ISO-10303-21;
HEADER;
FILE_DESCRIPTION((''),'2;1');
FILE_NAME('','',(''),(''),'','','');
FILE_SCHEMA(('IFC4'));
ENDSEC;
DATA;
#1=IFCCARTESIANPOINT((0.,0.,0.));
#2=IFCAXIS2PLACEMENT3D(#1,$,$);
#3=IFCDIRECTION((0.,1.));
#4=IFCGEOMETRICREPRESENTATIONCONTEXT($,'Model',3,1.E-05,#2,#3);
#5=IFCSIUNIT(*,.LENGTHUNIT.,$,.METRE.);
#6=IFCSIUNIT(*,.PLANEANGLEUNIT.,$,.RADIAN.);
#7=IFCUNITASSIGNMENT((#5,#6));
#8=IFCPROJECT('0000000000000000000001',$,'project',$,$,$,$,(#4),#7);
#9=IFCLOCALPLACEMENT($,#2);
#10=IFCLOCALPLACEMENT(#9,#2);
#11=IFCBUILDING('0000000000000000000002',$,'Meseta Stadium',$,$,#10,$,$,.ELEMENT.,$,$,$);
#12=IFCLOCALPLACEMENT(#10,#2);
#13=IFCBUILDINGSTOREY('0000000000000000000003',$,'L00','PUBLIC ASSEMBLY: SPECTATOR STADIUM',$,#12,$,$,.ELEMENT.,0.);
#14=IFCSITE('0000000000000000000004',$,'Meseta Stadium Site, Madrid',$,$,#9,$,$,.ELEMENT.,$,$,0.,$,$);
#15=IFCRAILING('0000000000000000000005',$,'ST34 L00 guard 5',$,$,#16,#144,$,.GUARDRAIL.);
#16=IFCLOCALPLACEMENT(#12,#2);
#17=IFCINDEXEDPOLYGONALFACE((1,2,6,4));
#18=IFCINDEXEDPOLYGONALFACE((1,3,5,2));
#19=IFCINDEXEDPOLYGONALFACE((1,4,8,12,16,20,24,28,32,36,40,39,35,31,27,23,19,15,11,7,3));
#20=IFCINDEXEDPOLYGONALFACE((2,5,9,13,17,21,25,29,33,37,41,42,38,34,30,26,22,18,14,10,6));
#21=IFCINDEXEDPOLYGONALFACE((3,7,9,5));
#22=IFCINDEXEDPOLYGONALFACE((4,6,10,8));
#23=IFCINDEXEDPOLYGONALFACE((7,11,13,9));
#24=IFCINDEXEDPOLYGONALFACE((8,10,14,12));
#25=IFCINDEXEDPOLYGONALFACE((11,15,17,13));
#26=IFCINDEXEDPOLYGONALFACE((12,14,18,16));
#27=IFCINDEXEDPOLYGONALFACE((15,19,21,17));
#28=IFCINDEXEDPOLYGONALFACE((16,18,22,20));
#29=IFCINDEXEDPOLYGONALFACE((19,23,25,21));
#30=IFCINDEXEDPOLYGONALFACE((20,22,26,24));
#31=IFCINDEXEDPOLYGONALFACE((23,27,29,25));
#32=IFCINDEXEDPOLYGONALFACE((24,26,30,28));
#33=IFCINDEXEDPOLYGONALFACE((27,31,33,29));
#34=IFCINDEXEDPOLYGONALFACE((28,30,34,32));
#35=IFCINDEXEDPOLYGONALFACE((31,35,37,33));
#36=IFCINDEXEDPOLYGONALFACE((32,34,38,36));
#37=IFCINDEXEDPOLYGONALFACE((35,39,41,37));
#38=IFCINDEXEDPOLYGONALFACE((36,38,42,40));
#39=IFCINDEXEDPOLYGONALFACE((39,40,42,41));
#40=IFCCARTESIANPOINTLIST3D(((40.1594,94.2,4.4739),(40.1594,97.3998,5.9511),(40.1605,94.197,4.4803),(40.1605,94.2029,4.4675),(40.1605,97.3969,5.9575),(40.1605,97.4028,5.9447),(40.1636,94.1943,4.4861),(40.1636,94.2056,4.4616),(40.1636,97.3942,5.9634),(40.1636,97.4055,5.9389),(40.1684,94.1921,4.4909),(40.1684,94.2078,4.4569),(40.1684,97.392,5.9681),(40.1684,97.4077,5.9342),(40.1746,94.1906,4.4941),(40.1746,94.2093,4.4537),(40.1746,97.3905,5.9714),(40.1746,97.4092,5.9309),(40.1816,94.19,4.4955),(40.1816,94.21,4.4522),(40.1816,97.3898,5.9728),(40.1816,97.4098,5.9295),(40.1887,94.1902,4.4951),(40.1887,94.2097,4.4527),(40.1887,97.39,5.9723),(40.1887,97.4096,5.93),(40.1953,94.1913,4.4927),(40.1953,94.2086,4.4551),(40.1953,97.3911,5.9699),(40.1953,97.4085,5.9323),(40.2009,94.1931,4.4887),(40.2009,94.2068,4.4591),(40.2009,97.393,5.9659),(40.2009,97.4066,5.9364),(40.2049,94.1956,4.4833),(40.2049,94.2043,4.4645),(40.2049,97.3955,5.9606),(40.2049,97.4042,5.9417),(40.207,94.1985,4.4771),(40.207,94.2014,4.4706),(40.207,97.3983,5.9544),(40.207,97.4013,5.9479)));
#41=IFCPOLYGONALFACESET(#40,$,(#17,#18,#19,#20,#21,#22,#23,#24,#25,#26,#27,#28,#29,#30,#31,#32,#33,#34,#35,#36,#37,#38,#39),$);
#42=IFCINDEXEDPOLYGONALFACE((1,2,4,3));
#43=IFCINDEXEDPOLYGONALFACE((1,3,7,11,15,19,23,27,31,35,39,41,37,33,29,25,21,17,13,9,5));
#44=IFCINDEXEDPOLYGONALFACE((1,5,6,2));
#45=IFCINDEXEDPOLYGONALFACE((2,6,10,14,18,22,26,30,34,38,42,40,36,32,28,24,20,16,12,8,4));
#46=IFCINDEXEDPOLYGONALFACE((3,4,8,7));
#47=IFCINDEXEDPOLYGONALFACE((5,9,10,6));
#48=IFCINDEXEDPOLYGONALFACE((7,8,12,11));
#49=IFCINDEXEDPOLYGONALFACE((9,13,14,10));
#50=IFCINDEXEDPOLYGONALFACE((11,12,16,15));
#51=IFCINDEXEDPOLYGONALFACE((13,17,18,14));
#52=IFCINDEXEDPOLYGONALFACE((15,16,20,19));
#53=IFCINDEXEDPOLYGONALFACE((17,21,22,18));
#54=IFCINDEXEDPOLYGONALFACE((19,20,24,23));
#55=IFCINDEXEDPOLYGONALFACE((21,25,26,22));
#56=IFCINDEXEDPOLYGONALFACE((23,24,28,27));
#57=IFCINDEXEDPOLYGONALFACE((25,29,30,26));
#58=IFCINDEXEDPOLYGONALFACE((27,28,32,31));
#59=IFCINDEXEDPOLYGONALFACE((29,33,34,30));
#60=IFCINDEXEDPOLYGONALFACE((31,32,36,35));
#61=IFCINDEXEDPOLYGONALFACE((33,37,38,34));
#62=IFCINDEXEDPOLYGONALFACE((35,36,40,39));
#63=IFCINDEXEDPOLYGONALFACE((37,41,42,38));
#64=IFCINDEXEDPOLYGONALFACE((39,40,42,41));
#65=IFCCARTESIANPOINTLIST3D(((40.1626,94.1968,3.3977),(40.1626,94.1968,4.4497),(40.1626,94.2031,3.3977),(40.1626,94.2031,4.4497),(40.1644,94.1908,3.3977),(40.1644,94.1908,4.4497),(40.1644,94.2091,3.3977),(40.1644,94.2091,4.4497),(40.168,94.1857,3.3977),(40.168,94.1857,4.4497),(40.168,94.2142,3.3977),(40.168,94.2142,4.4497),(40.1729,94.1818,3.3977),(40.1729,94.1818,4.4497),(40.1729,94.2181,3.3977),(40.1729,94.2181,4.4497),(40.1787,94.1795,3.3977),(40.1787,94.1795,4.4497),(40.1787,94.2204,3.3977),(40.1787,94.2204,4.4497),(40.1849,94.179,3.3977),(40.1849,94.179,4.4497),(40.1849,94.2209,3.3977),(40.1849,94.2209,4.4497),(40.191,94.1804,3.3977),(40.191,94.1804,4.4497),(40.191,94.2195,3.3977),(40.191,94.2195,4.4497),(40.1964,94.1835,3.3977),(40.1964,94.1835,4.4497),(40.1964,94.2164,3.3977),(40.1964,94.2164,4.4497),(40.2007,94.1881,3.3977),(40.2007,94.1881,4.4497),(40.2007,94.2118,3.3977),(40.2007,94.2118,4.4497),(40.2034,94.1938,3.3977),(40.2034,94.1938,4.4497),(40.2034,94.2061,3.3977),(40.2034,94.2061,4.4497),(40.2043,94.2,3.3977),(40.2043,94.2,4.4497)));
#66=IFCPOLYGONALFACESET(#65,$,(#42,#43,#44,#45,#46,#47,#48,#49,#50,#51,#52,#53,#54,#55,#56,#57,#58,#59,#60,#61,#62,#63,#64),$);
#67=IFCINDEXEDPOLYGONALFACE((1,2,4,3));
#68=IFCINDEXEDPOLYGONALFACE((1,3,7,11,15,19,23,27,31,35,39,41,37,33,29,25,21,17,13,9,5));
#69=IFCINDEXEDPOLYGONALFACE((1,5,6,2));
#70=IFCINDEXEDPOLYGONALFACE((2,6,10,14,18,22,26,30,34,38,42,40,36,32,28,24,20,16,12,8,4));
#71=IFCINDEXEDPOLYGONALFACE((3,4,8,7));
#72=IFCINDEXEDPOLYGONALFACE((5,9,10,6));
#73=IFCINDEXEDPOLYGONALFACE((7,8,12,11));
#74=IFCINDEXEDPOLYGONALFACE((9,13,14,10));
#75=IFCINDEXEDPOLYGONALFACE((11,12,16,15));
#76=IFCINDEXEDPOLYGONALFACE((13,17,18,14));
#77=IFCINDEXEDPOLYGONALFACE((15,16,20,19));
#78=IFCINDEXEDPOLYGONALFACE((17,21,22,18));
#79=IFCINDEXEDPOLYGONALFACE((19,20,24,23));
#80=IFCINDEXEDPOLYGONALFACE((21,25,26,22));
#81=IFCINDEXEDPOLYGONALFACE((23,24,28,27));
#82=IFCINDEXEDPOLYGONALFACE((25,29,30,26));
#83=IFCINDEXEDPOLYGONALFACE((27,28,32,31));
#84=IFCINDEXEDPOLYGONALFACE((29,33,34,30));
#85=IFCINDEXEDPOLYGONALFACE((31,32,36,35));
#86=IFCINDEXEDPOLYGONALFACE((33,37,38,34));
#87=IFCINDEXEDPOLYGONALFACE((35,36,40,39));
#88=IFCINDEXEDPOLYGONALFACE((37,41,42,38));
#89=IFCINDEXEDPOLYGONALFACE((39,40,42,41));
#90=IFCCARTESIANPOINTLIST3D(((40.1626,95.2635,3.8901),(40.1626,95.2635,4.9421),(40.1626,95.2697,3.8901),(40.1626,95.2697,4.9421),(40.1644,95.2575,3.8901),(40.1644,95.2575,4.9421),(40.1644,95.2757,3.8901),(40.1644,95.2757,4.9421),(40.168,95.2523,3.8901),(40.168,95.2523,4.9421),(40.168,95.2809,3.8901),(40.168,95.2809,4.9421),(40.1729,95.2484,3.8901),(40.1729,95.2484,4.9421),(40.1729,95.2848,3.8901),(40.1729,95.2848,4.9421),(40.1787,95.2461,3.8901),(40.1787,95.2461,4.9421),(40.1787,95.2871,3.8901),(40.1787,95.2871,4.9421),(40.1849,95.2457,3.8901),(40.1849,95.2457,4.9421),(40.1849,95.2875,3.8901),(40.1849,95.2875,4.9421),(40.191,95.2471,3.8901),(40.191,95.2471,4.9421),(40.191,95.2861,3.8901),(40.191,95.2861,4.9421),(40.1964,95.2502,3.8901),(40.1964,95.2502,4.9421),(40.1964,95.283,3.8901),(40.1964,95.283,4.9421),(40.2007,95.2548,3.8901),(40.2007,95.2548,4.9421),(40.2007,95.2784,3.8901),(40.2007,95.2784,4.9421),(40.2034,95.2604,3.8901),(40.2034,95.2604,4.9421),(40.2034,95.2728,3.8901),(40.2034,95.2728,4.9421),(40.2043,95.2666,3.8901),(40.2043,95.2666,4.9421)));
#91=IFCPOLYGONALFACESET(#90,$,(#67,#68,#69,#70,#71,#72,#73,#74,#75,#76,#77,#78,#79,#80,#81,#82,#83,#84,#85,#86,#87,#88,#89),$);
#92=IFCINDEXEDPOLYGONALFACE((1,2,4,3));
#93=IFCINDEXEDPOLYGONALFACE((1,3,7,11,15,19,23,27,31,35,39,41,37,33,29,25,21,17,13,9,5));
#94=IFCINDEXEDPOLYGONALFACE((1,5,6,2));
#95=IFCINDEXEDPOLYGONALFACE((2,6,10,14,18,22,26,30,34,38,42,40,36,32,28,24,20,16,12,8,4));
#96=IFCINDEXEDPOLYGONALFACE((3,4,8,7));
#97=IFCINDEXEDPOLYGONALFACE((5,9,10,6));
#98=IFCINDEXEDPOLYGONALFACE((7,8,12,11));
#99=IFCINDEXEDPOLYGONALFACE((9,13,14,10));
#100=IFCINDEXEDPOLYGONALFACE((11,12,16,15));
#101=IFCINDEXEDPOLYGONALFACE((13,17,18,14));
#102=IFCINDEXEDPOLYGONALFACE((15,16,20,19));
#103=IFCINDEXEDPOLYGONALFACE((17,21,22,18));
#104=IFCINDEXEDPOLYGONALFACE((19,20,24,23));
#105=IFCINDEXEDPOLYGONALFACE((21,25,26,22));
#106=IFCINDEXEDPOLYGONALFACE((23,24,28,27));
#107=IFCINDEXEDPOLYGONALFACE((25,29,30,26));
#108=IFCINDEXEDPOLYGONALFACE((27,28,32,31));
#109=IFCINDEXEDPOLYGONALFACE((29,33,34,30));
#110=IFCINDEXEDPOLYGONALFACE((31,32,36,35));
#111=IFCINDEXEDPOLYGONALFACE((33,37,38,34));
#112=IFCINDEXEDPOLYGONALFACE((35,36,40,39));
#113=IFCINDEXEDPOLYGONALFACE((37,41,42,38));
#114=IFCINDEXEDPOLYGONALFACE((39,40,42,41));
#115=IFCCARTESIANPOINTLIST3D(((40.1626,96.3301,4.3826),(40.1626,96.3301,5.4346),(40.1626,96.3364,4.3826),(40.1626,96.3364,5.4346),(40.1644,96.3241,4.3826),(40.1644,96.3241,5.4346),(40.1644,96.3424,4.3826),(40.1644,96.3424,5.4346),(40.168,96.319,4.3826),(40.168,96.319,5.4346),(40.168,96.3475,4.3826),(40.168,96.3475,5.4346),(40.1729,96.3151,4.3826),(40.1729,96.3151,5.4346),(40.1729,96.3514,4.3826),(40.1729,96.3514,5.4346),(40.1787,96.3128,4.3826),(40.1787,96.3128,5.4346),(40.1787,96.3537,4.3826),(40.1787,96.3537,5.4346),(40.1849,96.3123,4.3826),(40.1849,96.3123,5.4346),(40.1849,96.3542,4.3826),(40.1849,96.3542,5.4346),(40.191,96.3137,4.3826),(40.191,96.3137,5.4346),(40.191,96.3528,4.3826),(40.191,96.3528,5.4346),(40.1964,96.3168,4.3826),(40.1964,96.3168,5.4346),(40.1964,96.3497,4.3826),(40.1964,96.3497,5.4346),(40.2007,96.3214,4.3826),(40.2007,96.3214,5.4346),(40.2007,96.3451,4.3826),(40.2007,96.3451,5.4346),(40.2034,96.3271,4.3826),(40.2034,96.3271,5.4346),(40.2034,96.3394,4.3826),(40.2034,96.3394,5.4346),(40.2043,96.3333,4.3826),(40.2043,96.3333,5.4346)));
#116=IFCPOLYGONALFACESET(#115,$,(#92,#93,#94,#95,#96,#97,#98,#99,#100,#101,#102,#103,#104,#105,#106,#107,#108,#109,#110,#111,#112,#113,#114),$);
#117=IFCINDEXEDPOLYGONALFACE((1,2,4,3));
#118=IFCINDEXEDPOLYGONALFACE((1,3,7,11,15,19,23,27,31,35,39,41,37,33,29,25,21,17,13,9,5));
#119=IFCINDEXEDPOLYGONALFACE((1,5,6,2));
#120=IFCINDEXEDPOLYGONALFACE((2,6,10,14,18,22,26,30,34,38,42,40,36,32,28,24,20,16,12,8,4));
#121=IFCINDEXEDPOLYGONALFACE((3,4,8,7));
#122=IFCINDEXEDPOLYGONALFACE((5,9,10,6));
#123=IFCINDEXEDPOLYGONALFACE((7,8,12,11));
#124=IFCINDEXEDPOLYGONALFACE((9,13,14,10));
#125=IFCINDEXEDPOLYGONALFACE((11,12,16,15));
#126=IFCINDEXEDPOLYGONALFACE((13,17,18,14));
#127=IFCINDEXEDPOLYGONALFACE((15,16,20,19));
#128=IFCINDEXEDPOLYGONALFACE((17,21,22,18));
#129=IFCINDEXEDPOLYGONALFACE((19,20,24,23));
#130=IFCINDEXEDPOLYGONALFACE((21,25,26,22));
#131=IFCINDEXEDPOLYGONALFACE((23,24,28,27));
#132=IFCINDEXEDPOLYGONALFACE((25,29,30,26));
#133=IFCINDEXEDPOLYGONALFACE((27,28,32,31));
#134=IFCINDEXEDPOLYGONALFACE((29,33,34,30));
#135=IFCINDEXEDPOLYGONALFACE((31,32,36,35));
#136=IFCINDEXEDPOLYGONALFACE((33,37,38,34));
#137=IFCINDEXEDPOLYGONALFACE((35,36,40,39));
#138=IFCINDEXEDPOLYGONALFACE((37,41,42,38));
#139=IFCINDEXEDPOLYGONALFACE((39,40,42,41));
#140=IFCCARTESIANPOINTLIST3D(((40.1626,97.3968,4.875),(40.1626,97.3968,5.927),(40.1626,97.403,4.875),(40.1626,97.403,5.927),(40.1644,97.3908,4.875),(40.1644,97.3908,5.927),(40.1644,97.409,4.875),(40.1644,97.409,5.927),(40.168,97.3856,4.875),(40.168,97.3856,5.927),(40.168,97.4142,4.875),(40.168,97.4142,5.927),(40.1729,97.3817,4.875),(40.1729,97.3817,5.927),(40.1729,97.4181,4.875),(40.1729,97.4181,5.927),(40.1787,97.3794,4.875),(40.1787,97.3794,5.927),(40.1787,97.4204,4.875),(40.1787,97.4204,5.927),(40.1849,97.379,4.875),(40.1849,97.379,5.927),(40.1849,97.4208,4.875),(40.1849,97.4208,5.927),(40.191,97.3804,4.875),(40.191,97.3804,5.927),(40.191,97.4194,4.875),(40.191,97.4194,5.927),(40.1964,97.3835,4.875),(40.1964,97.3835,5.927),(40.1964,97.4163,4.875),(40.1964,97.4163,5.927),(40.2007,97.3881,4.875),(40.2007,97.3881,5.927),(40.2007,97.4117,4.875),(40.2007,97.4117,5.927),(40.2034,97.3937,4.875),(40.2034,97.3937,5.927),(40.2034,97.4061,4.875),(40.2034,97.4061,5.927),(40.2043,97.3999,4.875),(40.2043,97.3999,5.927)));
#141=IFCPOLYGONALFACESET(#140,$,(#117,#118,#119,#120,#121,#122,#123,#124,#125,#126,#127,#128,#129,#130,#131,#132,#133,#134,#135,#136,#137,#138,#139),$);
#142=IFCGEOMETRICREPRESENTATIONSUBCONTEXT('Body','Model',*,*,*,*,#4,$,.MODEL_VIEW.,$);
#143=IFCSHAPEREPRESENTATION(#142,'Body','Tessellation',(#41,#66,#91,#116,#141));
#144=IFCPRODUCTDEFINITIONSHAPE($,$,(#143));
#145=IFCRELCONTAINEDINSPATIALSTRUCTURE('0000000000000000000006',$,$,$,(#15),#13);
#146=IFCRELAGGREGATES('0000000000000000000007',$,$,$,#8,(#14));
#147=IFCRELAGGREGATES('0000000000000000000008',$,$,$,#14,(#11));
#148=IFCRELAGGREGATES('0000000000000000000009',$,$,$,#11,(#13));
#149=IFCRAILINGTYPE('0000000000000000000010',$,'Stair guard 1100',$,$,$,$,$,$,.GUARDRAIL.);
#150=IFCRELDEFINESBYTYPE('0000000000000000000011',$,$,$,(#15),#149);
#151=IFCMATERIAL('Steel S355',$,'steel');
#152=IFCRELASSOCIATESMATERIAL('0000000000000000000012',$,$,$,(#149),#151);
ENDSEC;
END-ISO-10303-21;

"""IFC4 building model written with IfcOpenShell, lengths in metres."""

from ifc_helpers import new_model, si_unit, direction, frame, origin, origin_2d, place, context, subcontext, project, spatial, circle, extrude, material, type_object, element, save


model = new_model("IFC4")

# Units and contexts
model_context = context("Model", 3, precision=1e-05, world=origin(), true_north=direction((0.0, 1.0)))
body_context = subcontext(model_context, "Body", "Model", "MODEL_VIEW")
ifc_project = project(units=[si_unit("LENGTHUNIT", "METRE"), si_unit("PLANEANGLEUNIT", "RADIAN")], contexts=[model_context])

# Site, building, storey
site_placement = place(None, origin())
site = spatial("IfcSite", under=ifc_project, at=site_placement, Name="Meseta Stadium Site, Madrid", CompositionType="ELEMENT", RefElevation=0.0)
building_placement = place(site_placement, origin())
building = spatial("IfcBuilding", under=site, at=building_placement, Name="Meseta Stadium", CompositionType="ELEMENT")
storey_placement = place(building_placement, origin())
storey = spatial("IfcBuildingStorey", under=building, at=storey_placement, Name="L00", Description="PUBLIC ASSEMBLY: SPECTATOR STADIUM", CompositionType="ELEMENT", Elevation=0.0)

# Railing
ifc_material_1 = material(Name="Steel S355", Category="steel")
railing_type_1 = type_object("IfcRailingType", Name="Stair guard 1100", PredefinedType="GUARDRAIL", material=ifc_material_1)
railing_1_placement = place(storey_placement, frame((40.1833, 94.2, 3.3977)))
element("IfcRailing", 1, at=railing_1_placement, inside=storey, type_object=railing_type_1, Name="ST34 L00 guard 5", PredefinedType="GUARDRAIL", context=body_context, shape_type="SweptSolid", body=[
    extrude(circle(Radius=0.0239, at=origin_2d()), frame((0.0, 0.0, 1.0762), z_axis=(0.0, 0.907917, 0.41915), x_axis=(-1.0, 0.0, 0.0)), (0.0, 0.0, 1.0), 3.5244),
    extrude(circle(Radius=0.021, at=origin_2d()), origin(), (0.0, 0.0, 1.0), 1.052),
    extrude(circle(Radius=0.021, at=origin_2d()), frame((0.0, 1.0667, 0.4924)), (0.0, 0.0, 1.0), 1.052),
    extrude(circle(Radius=0.021, at=origin_2d()), frame((0.0, 2.1333, 0.9849)), (0.0, 0.0, 1.0), 1.052),
    extrude(circle(Radius=0.021, at=origin_2d()), frame((0.0, 3.2, 1.4773)), (0.0, 0.0, 1.0), 1.052),
])

save(model, "model.ifc")
